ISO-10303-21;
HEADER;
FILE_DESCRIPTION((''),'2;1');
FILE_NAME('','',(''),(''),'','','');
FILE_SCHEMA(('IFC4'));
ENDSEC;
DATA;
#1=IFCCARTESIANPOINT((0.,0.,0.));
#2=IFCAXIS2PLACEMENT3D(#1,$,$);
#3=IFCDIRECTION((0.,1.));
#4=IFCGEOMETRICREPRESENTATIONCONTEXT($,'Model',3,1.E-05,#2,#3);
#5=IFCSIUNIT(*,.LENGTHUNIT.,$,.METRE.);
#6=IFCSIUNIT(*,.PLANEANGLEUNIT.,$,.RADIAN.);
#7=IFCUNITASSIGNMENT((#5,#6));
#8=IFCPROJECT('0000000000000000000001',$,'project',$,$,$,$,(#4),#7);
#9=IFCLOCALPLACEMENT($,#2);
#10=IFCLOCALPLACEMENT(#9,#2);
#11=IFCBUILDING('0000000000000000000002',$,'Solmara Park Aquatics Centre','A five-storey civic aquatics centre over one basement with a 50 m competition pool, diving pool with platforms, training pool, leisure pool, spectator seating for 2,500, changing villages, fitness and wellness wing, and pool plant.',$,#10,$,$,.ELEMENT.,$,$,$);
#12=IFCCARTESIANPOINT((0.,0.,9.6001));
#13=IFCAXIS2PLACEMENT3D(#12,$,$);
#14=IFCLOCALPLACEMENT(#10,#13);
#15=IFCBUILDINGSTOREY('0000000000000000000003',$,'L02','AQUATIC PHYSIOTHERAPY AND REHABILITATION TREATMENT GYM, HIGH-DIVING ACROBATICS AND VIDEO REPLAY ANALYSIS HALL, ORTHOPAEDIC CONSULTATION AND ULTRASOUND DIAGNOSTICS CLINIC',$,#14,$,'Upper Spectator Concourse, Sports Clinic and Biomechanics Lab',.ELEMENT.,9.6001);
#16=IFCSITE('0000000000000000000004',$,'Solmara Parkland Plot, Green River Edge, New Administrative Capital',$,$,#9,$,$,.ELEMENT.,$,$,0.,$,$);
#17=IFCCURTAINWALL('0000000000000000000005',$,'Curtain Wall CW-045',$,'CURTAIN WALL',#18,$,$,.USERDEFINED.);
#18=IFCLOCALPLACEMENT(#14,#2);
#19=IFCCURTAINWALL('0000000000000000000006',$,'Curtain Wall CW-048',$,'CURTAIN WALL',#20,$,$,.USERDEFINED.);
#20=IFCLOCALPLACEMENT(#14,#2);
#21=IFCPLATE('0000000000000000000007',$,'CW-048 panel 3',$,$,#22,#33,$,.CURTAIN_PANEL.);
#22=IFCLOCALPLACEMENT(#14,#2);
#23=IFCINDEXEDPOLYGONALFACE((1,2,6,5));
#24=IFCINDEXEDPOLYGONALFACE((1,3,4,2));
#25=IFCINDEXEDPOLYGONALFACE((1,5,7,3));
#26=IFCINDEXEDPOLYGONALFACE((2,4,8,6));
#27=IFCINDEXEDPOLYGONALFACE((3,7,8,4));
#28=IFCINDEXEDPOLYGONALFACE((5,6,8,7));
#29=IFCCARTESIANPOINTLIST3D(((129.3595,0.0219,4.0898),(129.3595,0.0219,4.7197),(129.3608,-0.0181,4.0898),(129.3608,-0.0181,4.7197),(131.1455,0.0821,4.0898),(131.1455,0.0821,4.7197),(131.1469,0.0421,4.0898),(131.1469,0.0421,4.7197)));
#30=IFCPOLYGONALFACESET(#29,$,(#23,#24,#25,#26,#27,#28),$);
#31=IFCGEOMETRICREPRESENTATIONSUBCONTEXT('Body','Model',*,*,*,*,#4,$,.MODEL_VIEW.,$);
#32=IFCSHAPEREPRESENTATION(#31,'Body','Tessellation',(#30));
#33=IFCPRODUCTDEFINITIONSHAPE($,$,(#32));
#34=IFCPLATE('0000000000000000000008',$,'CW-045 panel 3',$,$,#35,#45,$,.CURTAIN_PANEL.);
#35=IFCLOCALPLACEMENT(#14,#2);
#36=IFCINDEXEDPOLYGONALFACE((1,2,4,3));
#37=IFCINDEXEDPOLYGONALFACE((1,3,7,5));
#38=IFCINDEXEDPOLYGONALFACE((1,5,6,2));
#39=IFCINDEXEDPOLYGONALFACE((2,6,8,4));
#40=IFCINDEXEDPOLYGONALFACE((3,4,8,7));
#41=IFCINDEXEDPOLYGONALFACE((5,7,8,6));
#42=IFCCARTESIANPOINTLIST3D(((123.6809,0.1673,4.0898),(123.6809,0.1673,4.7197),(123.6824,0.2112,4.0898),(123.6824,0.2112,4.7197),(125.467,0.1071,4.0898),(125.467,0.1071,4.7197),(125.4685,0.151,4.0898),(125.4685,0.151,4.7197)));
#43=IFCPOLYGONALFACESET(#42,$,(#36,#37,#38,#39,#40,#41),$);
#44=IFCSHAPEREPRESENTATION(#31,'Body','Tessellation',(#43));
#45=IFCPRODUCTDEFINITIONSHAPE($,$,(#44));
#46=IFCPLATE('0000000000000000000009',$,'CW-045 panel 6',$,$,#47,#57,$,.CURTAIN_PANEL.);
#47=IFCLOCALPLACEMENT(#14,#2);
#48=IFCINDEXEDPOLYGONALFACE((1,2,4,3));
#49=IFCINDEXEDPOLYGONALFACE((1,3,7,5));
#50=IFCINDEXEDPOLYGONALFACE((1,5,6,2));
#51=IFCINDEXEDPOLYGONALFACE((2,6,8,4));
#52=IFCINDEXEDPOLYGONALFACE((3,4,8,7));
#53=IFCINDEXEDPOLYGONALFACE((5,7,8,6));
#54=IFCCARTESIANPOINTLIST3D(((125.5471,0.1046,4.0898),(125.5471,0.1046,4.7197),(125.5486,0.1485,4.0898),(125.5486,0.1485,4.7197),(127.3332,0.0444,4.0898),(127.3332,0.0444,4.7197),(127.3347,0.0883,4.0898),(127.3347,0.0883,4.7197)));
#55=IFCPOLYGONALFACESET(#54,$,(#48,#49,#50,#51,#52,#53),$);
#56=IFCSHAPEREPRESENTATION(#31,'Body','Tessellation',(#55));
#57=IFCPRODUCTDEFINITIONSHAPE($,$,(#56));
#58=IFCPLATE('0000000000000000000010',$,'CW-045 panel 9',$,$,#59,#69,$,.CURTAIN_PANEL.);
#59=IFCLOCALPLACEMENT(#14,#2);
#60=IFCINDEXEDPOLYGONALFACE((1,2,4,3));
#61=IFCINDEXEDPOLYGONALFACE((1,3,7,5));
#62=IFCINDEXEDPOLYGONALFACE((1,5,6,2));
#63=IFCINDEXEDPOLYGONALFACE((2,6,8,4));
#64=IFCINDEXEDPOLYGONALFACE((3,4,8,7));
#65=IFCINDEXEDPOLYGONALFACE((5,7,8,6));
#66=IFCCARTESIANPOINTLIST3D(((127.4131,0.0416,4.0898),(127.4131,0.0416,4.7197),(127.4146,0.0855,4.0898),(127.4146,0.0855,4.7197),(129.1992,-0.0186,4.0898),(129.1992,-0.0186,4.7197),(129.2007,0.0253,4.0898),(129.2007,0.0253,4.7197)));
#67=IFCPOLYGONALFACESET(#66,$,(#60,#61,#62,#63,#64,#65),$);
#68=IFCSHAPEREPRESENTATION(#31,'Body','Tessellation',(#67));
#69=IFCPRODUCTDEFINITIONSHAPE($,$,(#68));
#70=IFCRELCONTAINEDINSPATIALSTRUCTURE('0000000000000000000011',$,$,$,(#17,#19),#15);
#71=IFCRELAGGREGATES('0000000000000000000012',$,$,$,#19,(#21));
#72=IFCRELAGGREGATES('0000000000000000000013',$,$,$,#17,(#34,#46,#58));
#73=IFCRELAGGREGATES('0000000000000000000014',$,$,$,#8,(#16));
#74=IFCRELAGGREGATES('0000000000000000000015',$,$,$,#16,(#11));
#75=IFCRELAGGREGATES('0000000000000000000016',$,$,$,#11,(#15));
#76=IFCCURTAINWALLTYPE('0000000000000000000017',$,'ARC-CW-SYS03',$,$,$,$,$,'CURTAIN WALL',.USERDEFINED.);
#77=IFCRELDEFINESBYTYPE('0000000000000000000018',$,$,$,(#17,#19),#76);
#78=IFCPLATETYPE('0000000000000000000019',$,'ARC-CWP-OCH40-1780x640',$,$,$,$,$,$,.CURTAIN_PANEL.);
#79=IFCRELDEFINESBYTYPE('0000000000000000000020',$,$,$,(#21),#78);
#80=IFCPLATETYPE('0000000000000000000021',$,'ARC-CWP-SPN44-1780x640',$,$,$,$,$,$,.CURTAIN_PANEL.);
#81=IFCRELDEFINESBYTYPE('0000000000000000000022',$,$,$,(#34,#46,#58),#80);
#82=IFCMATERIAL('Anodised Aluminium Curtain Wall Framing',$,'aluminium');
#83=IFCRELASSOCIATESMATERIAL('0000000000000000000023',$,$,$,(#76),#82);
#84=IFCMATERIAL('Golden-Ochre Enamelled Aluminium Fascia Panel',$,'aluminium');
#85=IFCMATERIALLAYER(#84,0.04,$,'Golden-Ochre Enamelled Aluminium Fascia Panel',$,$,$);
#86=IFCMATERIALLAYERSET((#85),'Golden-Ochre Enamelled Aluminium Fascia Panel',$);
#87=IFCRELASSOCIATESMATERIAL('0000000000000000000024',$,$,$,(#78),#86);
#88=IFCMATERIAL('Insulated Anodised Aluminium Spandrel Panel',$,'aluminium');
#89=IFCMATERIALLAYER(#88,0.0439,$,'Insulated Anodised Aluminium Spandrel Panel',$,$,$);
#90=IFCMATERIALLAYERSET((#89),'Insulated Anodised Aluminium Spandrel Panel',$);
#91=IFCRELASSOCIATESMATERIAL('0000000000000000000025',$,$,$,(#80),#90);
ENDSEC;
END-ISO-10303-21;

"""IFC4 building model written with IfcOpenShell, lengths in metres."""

from ifc_helpers import new_model, si_unit, direction, frame, origin, origin_2d, place, context, subcontext, project, spatial, rectangle, extrude, material, layer, layer_set, type_object, element, aggregate, save


model = new_model("IFC4")

# Units and contexts
model_context = context("Model", 3, precision=1e-05, world=origin(), true_north=direction((0.0, 1.0)))
body_context = subcontext(model_context, "Body", "Model", "MODEL_VIEW")
ifc_project = project(units=[si_unit("LENGTHUNIT", "METRE"), si_unit("PLANEANGLEUNIT", "RADIAN")], contexts=[model_context])

# Site, building, storey
site_placement = place(None, origin())
site = spatial("IfcSite", under=ifc_project, at=site_placement, Name="Solmara Parkland Plot, Green River Edge, New Administrative Capital", CompositionType="ELEMENT", RefElevation=0.0)
building_placement = place(site_placement, origin())
building = spatial("IfcBuilding", under=site, at=building_placement, Name="Solmara Park Aquatics Centre", Description="A five-storey civic aquatics centre over one basement with a 50 m competition pool, diving pool with platforms, training pool, leisure pool, spectator seating for 2,500, changing villages, fitness and wellness wing, and pool plant.", CompositionType="ELEMENT")
storey_placement = place(building_placement, frame((0.0, 0.0, 9.6001)))
storey = spatial("IfcBuildingStorey", under=building, at=storey_placement, Name="L02", Description="AQUATIC PHYSIOTHERAPY AND REHABILITATION TREATMENT GYM, HIGH-DIVING ACROBATICS AND VIDEO REPLAY ANALYSIS HALL, ORTHOPAEDIC CONSULTATION AND ULTRASOUND DIAGNOSTICS CLINIC", LongName="Upper Spectator Concourse, Sports Clinic and Biomechanics Lab", CompositionType="ELEMENT", Elevation=9.6001)

# Curtain walls
ifc_material_1 = material(Name="Anodised Aluminium Curtain Wall Framing", Category="aluminium")
curtain_wall_type = type_object("IfcCurtainWallType", Name="ARC-CW-SYS03", ElementType="CURTAIN WALL", PredefinedType="USERDEFINED", material=ifc_material_1)
curtain_wall_1_placement = place(storey_placement, origin())
curtain_wall_1 = element("IfcCurtainWall", 1, at=curtain_wall_1_placement, inside=storey, type_object=curtain_wall_type, Name="Curtain Wall CW-045", ObjectType="CURTAIN WALL", PredefinedType="USERDEFINED")
curtain_wall_2_placement = place(storey_placement, origin())
curtain_wall_2 = element("IfcCurtainWall", 2, at=curtain_wall_2_placement, inside=storey, type_object=curtain_wall_type, Name="Curtain Wall CW-048", ObjectType="CURTAIN WALL", PredefinedType="USERDEFINED")

# Plates
ifc_material_2 = material(Name="Golden-Ochre Enamelled Aluminium Fascia Panel", Category="aluminium")
ifc_layer_1 = layer(ifc_material_2, 0.04, Name="Golden-Ochre Enamelled Aluminium Fascia Panel")
ifc_layer_set_1 = layer_set([ifc_layer_1], Name="Golden-Ochre Enamelled Aluminium Fascia Panel")
plate_type_1 = type_object("IfcPlateType", Name="ARC-CWP-OCH40-1780x640", PredefinedType="CURTAIN_PANEL", material=ifc_layer_set_1)
plate_1_placement = place(storey_placement, frame((130.2532, 0.032, 4.0898), z_axis=(0.0, 0.0, 1.0), x_axis=(0.999432, 0.033689, 0.0)))
plate_1 = element("IfcPlate", 3, at=plate_1_placement, type_object=plate_type_1, Name="CW-048 panel 3", PredefinedType="CURTAIN_PANEL", context=body_context, shape_type="SweptSolid", body=[
    extrude(rectangle(XDim=1.7871, YDim=0.04, at=origin_2d()), origin(), (0.0, 0.0, 1.0), 0.6299),
])
aggregate(curtain_wall_2, [plate_1])
ifc_material_3 = material(Name="Insulated Anodised Aluminium Spandrel Panel", Category="aluminium")
ifc_layer_2 = layer(ifc_material_3, 0.0439, Name="Insulated Anodised Aluminium Spandrel Panel")
ifc_layer_set_2 = layer_set([ifc_layer_2], Name="Insulated Anodised Aluminium Spandrel Panel")
plate_type_2 = type_object("IfcPlateType", Name="ARC-CWP-SPN44-1780x640", PredefinedType="CURTAIN_PANEL", material=ifc_layer_set_2)
plate_2_placement = place(storey_placement, frame((124.5747, 0.1592, 4.0898), z_axis=(0.0, 0.0, 1.0), x_axis=(0.999432, -0.033689, 0.0)))
plate_2 = element("IfcPlate", 4, at=plate_2_placement, type_object=plate_type_2, Name="CW-045 panel 3", PredefinedType="CURTAIN_PANEL", context=body_context, shape_type="SweptSolid", body=[
    extrude(rectangle(XDim=1.7871, YDim=0.0439, at=origin_2d()), origin(), (0.0, 0.0, 1.0), 0.6299),
])
plate_3_placement = place(storey_placement, frame((126.4409, 0.0964, 4.0898), z_axis=(0.0, 0.0, 1.0), x_axis=(0.999432, -0.033689, 0.0)))
plate_3 = element("IfcPlate", 5, at=plate_3_placement, type_object=plate_type_2, Name="CW-045 panel 6", PredefinedType="CURTAIN_PANEL", context=body_context, shape_type="SweptSolid", body=[
    extrude(rectangle(XDim=1.7871, YDim=0.0439, at=origin_2d()), origin(), (0.0, 0.0, 1.0), 0.6299),
])
plate_4_placement = place(storey_placement, frame((128.3069, 0.0334, 4.0898), z_axis=(0.0, 0.0, 1.0), x_axis=(0.999432, -0.033689, 0.0)))
plate_4 = element("IfcPlate", 6, at=plate_4_placement, type_object=plate_type_2, Name="CW-045 panel 9", PredefinedType="CURTAIN_PANEL", context=body_context, shape_type="SweptSolid", body=[
    extrude(rectangle(XDim=1.7871, YDim=0.0439, at=origin_2d()), origin(), (0.0, 0.0, 1.0), 0.6299),
])
aggregate(curtain_wall_1, [plate_2, plate_3, plate_4])

save(model, "model.ifc")
